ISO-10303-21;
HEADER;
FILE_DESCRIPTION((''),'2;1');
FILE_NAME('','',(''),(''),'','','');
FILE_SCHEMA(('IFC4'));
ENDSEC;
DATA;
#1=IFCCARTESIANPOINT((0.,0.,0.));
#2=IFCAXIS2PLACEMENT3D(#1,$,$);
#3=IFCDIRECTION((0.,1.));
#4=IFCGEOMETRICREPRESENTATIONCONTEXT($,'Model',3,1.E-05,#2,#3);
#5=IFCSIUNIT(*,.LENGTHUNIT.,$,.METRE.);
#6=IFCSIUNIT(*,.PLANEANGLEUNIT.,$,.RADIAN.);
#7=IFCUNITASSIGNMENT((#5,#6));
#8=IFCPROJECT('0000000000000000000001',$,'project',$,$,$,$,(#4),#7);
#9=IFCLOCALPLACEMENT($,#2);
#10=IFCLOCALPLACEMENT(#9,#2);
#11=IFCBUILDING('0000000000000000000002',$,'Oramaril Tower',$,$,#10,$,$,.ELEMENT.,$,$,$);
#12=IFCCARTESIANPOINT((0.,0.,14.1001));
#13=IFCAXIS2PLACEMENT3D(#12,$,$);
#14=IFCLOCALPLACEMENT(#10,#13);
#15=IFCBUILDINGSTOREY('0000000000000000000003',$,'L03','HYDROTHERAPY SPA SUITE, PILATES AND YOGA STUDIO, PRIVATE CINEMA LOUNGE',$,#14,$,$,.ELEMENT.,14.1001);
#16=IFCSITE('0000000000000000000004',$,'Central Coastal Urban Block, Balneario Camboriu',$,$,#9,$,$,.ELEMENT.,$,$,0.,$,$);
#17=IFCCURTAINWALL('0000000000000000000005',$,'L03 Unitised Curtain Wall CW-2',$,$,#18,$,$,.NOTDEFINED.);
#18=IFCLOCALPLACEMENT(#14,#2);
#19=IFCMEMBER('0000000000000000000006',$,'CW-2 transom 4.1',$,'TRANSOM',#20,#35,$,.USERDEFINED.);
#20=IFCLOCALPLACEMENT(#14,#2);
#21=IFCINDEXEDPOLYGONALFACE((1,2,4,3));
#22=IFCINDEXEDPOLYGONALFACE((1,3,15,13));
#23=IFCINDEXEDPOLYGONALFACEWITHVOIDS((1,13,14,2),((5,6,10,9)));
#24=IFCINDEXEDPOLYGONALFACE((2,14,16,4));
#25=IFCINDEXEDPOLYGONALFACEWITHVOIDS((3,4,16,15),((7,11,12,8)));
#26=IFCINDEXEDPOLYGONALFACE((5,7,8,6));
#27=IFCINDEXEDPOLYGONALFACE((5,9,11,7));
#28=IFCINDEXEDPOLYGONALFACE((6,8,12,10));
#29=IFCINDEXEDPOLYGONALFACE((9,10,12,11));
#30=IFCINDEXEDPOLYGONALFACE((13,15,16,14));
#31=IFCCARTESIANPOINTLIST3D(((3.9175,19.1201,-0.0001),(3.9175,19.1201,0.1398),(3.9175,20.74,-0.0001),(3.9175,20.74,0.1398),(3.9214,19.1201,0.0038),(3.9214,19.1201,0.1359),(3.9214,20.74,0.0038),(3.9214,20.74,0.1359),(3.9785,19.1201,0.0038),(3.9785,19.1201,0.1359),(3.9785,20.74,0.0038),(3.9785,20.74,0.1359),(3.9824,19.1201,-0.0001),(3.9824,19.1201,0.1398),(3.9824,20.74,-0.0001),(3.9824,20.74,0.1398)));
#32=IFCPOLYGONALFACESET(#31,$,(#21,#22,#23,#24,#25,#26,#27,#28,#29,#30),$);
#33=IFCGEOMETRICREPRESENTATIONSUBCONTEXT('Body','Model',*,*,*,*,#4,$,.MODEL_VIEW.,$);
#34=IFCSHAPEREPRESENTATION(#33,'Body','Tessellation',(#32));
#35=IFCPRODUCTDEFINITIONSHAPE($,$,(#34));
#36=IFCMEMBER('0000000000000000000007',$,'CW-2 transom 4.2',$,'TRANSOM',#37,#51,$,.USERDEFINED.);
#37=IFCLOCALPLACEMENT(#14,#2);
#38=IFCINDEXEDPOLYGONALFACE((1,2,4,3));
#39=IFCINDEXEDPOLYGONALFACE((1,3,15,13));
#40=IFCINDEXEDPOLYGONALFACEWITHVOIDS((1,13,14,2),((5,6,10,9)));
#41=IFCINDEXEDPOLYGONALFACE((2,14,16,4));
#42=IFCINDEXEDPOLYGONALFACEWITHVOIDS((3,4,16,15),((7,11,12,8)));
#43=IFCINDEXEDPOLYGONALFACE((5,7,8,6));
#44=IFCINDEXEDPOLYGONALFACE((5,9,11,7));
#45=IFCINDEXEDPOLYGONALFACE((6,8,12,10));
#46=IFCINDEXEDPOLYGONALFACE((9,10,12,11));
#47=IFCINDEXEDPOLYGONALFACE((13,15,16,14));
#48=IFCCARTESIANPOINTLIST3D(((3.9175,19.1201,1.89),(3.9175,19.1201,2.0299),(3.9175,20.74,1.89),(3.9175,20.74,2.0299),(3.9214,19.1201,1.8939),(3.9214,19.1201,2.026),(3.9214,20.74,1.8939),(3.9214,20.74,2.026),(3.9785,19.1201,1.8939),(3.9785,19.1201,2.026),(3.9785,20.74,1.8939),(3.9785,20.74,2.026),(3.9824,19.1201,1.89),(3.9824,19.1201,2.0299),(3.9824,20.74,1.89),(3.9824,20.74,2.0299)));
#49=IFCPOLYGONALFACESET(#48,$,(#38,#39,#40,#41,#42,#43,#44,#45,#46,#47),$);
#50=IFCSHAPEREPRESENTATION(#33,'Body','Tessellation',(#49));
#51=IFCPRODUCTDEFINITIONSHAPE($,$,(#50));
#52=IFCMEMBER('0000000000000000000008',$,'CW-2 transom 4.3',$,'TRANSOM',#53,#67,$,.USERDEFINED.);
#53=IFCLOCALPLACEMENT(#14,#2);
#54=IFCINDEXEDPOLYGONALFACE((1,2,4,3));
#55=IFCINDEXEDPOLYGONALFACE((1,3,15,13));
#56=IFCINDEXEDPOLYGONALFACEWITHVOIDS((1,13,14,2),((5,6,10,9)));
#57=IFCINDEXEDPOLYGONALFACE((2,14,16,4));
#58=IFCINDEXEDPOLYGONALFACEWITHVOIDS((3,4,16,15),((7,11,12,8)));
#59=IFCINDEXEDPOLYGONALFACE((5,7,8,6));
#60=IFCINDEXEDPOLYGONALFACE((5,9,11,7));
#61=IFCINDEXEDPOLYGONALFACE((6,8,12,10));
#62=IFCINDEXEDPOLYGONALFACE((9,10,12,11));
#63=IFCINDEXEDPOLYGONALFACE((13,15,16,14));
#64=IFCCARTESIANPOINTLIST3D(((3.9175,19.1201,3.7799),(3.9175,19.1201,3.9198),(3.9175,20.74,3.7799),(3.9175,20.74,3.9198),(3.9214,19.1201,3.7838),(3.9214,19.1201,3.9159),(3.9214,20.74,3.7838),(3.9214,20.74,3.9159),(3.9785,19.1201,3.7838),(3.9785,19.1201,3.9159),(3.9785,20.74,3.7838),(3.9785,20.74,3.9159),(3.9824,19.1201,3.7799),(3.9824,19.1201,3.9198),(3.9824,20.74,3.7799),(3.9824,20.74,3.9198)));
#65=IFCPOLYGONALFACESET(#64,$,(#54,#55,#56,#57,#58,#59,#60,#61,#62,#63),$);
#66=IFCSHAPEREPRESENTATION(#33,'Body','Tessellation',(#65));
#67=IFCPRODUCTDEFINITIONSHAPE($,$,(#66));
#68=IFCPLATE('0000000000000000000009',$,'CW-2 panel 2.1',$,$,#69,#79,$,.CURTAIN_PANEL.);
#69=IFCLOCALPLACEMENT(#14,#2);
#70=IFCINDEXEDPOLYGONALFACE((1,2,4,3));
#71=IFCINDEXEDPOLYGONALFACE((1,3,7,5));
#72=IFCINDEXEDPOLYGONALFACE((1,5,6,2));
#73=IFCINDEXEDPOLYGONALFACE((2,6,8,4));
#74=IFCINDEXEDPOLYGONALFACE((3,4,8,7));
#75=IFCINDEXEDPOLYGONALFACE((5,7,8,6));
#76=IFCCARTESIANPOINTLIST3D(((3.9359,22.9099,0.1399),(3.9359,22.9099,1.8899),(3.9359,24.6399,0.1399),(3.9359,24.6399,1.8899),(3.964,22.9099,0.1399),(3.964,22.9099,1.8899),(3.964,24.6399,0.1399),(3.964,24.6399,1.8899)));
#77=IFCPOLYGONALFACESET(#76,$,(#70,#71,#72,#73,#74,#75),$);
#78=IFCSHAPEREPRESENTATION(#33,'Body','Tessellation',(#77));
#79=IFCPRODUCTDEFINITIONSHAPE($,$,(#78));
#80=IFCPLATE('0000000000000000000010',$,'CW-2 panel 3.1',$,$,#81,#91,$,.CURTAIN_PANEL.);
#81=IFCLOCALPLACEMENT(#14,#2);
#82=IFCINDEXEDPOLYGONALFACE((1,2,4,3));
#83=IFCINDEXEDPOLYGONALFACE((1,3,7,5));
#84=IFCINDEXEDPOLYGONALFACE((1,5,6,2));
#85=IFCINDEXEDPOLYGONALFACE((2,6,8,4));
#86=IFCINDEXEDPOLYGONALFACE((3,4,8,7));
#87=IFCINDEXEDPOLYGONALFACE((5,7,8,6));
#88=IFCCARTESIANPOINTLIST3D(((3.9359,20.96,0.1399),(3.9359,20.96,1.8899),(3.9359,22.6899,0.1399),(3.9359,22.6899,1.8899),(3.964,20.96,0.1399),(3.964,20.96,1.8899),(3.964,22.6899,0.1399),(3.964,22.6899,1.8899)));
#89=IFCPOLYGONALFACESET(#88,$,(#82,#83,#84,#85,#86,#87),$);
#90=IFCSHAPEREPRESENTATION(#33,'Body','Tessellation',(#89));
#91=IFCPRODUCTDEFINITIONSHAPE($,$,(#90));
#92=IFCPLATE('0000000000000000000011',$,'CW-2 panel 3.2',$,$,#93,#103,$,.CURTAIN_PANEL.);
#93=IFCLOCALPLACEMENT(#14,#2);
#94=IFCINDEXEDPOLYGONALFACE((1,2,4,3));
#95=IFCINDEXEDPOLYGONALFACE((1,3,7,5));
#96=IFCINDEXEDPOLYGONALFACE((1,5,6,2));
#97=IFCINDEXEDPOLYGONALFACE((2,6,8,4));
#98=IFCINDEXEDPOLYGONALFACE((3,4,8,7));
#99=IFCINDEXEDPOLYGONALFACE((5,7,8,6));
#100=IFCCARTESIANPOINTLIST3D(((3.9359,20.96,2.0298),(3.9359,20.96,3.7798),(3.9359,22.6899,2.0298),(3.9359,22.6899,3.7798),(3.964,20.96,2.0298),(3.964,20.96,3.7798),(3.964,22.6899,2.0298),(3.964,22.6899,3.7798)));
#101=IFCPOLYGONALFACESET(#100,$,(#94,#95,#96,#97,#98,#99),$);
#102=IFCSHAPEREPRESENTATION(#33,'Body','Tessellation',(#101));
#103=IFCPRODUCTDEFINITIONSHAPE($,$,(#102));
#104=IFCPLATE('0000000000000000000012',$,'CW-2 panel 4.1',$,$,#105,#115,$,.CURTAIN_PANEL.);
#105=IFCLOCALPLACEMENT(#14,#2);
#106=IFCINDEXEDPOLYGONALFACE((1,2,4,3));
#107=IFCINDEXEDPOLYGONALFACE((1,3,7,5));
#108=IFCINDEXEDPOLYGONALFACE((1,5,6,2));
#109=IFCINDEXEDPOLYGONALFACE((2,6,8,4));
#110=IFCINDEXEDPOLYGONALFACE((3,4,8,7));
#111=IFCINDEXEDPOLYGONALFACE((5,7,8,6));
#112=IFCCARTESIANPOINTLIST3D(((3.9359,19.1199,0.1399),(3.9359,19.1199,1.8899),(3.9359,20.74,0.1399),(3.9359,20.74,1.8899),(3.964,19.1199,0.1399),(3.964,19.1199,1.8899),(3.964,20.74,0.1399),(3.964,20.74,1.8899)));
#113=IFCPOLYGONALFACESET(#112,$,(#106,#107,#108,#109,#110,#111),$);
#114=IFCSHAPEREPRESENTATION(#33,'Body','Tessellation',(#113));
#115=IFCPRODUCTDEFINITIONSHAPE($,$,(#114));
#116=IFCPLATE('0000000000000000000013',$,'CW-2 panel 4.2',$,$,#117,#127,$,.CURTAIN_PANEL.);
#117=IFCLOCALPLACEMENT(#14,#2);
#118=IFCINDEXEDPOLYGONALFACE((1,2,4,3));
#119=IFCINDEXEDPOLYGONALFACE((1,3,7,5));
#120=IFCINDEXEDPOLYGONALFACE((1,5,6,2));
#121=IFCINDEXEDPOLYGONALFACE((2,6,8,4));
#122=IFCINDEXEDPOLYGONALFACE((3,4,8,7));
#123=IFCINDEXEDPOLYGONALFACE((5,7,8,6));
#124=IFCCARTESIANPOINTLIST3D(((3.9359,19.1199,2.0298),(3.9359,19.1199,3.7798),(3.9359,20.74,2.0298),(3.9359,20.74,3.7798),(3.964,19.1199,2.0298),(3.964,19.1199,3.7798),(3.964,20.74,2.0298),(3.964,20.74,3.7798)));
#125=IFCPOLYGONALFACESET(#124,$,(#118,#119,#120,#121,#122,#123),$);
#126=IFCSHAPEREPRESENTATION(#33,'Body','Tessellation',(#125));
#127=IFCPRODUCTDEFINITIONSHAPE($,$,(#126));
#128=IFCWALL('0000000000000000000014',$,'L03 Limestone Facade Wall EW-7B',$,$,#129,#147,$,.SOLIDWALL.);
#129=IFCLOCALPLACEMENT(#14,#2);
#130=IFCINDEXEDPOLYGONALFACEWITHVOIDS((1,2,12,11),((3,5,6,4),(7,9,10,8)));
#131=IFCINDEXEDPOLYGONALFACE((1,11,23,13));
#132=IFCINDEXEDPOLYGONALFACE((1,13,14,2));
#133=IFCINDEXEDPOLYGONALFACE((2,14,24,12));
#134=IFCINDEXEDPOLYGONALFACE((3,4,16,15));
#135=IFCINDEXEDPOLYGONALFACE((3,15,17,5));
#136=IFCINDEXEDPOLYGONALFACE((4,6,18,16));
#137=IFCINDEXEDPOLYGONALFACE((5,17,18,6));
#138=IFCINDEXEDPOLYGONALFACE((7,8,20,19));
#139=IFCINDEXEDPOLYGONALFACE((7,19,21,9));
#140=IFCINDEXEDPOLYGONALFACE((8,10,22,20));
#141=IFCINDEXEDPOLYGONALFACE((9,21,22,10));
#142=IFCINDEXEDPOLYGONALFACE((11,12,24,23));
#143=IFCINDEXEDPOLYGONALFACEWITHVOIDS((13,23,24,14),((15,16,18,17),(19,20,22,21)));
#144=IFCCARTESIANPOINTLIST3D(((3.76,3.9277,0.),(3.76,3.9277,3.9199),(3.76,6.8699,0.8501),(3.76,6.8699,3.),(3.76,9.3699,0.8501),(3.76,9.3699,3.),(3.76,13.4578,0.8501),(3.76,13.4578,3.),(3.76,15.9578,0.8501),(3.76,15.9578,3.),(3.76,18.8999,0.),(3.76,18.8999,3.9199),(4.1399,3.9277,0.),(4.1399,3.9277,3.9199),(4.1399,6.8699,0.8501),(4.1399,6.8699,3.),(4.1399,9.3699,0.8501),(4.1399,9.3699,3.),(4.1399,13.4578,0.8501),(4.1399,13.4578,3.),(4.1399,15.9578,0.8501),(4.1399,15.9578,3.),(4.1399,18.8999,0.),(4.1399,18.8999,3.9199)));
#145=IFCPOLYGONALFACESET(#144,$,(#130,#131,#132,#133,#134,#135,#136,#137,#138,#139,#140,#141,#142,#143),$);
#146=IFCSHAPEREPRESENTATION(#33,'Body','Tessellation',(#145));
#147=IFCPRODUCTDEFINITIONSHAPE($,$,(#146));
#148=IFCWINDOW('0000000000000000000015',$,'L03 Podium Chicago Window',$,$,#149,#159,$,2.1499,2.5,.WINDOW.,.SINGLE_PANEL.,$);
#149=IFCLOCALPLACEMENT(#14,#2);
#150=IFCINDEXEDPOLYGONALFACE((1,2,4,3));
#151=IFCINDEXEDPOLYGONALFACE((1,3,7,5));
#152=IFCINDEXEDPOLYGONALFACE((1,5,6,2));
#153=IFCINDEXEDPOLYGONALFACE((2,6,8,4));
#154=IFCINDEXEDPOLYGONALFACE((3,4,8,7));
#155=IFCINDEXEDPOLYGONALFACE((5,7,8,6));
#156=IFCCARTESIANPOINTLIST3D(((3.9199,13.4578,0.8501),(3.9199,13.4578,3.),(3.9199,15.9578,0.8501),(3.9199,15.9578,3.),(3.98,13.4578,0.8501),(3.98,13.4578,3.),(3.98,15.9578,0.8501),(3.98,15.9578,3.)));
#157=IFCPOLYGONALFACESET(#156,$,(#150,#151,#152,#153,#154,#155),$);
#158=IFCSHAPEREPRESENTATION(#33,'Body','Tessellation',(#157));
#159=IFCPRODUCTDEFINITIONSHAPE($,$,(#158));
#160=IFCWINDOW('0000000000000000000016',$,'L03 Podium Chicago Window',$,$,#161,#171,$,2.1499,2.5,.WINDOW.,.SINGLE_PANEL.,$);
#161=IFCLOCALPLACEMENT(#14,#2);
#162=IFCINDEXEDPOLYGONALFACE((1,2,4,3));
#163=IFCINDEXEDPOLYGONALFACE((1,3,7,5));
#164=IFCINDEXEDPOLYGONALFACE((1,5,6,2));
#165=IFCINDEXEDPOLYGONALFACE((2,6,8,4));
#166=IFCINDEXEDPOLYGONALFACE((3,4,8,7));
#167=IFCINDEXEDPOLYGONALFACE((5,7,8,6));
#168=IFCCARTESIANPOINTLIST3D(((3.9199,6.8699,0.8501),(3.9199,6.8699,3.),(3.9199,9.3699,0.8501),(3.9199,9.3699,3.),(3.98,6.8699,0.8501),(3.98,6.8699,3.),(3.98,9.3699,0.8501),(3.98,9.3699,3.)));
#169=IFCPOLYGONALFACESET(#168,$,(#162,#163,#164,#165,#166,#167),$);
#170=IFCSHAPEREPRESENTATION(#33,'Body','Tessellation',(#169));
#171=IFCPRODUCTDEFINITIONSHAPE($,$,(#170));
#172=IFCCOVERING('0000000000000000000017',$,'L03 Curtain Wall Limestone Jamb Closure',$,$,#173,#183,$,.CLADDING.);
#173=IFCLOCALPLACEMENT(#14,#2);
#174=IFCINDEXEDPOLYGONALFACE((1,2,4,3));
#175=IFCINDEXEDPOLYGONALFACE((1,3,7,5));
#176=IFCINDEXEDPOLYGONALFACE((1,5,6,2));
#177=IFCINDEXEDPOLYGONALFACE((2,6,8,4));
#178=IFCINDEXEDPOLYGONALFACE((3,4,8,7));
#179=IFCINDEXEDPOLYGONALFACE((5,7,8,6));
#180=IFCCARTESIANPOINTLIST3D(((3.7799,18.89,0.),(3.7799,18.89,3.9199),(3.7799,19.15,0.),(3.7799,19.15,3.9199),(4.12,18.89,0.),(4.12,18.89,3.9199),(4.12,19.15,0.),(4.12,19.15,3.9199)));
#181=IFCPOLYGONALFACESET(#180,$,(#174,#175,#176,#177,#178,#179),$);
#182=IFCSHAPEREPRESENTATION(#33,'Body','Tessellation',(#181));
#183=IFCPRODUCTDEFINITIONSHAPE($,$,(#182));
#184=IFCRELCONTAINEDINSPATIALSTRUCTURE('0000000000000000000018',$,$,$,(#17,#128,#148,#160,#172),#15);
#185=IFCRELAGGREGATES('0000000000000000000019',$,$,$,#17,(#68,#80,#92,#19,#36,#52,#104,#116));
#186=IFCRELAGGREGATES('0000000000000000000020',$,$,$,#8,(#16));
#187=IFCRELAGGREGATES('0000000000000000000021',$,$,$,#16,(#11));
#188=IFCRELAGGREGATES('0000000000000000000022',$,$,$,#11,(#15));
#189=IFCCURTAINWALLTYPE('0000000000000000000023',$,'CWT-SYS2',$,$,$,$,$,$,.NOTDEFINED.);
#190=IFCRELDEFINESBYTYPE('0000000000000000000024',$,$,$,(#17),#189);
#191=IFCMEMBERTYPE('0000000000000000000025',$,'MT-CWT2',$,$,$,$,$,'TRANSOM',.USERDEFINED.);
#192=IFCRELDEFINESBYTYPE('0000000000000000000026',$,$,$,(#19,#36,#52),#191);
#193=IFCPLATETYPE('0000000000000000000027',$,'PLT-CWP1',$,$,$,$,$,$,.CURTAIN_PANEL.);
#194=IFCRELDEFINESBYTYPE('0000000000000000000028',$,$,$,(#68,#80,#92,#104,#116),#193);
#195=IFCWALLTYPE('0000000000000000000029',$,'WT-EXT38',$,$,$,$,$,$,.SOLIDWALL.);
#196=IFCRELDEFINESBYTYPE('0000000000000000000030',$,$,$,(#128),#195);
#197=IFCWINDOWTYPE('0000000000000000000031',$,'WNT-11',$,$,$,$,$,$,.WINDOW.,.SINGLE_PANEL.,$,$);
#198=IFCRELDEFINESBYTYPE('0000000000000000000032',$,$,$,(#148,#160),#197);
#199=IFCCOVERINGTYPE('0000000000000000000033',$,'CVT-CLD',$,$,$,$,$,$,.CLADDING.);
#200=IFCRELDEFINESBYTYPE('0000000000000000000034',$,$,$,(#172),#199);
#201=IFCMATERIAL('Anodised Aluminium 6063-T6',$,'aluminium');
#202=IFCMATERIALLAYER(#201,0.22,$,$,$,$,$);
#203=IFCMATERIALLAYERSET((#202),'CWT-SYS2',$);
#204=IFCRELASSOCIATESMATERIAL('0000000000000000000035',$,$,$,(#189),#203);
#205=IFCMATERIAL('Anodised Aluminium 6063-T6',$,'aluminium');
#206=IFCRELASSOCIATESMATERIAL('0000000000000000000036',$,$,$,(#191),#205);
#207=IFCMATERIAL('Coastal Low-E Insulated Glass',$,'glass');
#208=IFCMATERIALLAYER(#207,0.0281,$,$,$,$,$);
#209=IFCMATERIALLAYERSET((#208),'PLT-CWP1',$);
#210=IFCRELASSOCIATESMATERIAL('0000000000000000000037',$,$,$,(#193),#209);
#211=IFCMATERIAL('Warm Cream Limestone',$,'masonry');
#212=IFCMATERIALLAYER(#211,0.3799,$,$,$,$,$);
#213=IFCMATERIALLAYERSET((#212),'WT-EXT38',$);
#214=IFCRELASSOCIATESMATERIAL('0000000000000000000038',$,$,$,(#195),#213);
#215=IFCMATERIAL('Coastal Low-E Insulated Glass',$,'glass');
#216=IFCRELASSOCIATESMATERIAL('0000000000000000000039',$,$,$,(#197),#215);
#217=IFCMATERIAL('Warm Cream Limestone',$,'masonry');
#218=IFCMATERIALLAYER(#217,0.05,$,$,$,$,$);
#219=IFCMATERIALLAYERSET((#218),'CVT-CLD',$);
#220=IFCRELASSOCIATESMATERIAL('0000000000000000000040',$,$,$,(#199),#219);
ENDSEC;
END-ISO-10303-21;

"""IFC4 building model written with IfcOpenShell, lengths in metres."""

from ifc_helpers import new_model, si_unit, direction, frame, frame_2d, origin, origin_2d, place, context, subcontext, project, spatial, rectangle, hollow_rectangle, extrude, material, layer, layer_set, material_profile, profile_set, type_object, element, fill, aggregate, save


model = new_model("IFC4")

# Units and contexts
model_context = context("Model", 3, precision=1e-05, world=origin(), true_north=direction((0.0, 1.0)))
body_context = subcontext(model_context, "Body", "Model", "MODEL_VIEW")
ifc_project = project(units=[si_unit("LENGTHUNIT", "METRE"), si_unit("PLANEANGLEUNIT", "RADIAN")], contexts=[model_context])

# Site, building, storey
site_placement = place(None, origin())
site = spatial("IfcSite", under=ifc_project, at=site_placement, Name="Central Coastal Urban Block, Balneario Camboriu", CompositionType="ELEMENT", RefElevation=0.0)
building_placement = place(site_placement, origin())
building = spatial("IfcBuilding", under=site, at=building_placement, Name="Oramaril Tower", CompositionType="ELEMENT")
storey_placement = place(building_placement, frame((0.0, 0.0, 14.1001)))
storey = spatial("IfcBuildingStorey", under=building, at=storey_placement, Name="L03", Description="HYDROTHERAPY SPA SUITE, PILATES AND YOGA STUDIO, PRIVATE CINEMA LOUNGE", CompositionType="ELEMENT", Elevation=14.1001)

# Curtain wall, members, plates
ifc_material_1 = material(Name="Anodised Aluminium 6063-T6", Category="aluminium")
ifc_layer_1 = layer(ifc_material_1, 0.22)
ifc_layer_set_1 = layer_set([ifc_layer_1], Name="CWT-SYS2")
curtain_wall_type = type_object("IfcCurtainWallType", Name="CWT-SYS2", PredefinedType="NOTDEFINED", material=ifc_layer_set_1)
curtain_wall_placement = place(storey_placement, origin())
curtain_wall = element("IfcCurtainWall", 1, at=curtain_wall_placement, inside=storey, type_object=curtain_wall_type, Name="L03 Unitised Curtain Wall CW-2", PredefinedType="NOTDEFINED")
ifc_material_2 = material(Name="Anodised Aluminium 6063-T6", Category="aluminium")
ifc_material_profile_1 = material_profile(ifc_material_2, hollow_rectangle(XDim=0.0649, YDim=0.1399, WallThickness=0.0039, at=origin_2d()), Name="CWT140X65")
ifc_profile_set_1 = profile_set([ifc_material_profile_1], Name="Anodised Aluminium 6063-T6")
member_type_1 = type_object("IfcMemberType", Name="MT-CWT2", ElementType="TRANSOM", PredefinedType="USERDEFINED", material=ifc_profile_set_1)
member_1_placement = place(storey_placement, frame((3.95, 20.74, 0.0698), z_axis=(0.0, -1.0, 0.0), x_axis=(1.0, 0.0, 0.0)))
member_1 = element("IfcMember", 2, at=member_1_placement, type_object=member_type_1, Name="CW-2 transom 4.1", ObjectType="TRANSOM", PredefinedType="USERDEFINED", context=body_context, shape_type="SweptSolid", body=[
    extrude(hollow_rectangle(XDim=0.0649, YDim=0.1399, WallThickness=0.0039, at=origin_2d()), origin(), (0.0, 0.0, 1.0), 1.6199),
])
member_2_placement = place(storey_placement, frame((3.95, 20.74, 1.96), z_axis=(0.0, -1.0, 0.0), x_axis=(1.0, 0.0, 0.0)))
member_2 = element("IfcMember", 3, at=member_2_placement, type_object=member_type_1, Name="CW-2 transom 4.2", ObjectType="TRANSOM", PredefinedType="USERDEFINED", context=body_context, shape_type="SweptSolid", body=[
    extrude(hollow_rectangle(XDim=0.0649, YDim=0.1399, WallThickness=0.0039, at=origin_2d()), origin(), (0.0, 0.0, 1.0), 1.6199),
])
member_3_placement = place(storey_placement, frame((3.95, 20.74, 3.8499), z_axis=(0.0, -1.0, 0.0), x_axis=(1.0, 0.0, 0.0)))
member_3 = element("IfcMember", 4, at=member_3_placement, type_object=member_type_1, Name="CW-2 transom 4.3", ObjectType="TRANSOM", PredefinedType="USERDEFINED", context=body_context, shape_type="SweptSolid", body=[
    extrude(hollow_rectangle(XDim=0.0649, YDim=0.1399, WallThickness=0.0039, at=origin_2d()), origin(), (0.0, 0.0, 1.0), 1.6199),
])
ifc_material_3 = material(Name="Coastal Low-E Insulated Glass", Category="glass")
ifc_layer_2 = layer(ifc_material_3, 0.0281)
ifc_layer_set_2 = layer_set([ifc_layer_2], Name="PLT-CWP1")
plate_type = type_object("IfcPlateType", Name="PLT-CWP1", PredefinedType="CURTAIN_PANEL", material=ifc_layer_set_2)
plate_1_placement = place(storey_placement, frame((3.95, 23.7749, 0.1399), z_axis=(0.0, 0.0, 1.0), x_axis=(0.0, -1.0, 0.0)))
plate_1 = element("IfcPlate", 5, at=plate_1_placement, type_object=plate_type, Name="CW-2 panel 2.1", PredefinedType="CURTAIN_PANEL", context=body_context, shape_type="SweptSolid", body=[
    extrude(rectangle(XDim=1.73, YDim=0.0281, at=origin_2d()), origin(), (0.0, 0.0, 1.0), 1.75),
])
plate_2_placement = place(storey_placement, frame((3.95, 21.825, 0.1399), z_axis=(0.0, 0.0, 1.0), x_axis=(0.0, -1.0, 0.0)))
plate_2 = element("IfcPlate", 6, at=plate_2_placement, type_object=plate_type, Name="CW-2 panel 3.1", PredefinedType="CURTAIN_PANEL", context=body_context, shape_type="SweptSolid", body=[
    extrude(rectangle(XDim=1.73, YDim=0.0281, at=origin_2d()), origin(), (0.0, 0.0, 1.0), 1.75),
])
plate_3_placement = place(storey_placement, frame((3.95, 21.825, 2.0298), z_axis=(0.0, 0.0, 1.0), x_axis=(0.0, -1.0, 0.0)))
plate_3 = element("IfcPlate", 7, at=plate_3_placement, type_object=plate_type, Name="CW-2 panel 3.2", PredefinedType="CURTAIN_PANEL", context=body_context, shape_type="SweptSolid", body=[
    extrude(rectangle(XDim=1.73, YDim=0.0281, at=origin_2d()), origin(), (0.0, 0.0, 1.0), 1.75),
])
plate_4_placement = place(storey_placement, frame((3.95, 19.9299, 0.1399), z_axis=(0.0, 0.0, 1.0), x_axis=(0.0, -1.0, 0.0)))
plate_4 = element("IfcPlate", 8, at=plate_4_placement, type_object=plate_type, Name="CW-2 panel 4.1", PredefinedType="CURTAIN_PANEL", context=body_context, shape_type="SweptSolid", body=[
    extrude(rectangle(XDim=1.6201, YDim=0.0281, at=origin_2d()), origin(), (0.0, 0.0, 1.0), 1.75),
])
plate_5_placement = place(storey_placement, frame((3.95, 19.9299, 2.0298), z_axis=(0.0, 0.0, 1.0), x_axis=(0.0, -1.0, 0.0)))
plate_5 = element("IfcPlate", 9, at=plate_5_placement, type_object=plate_type, Name="CW-2 panel 4.2", PredefinedType="CURTAIN_PANEL", context=body_context, shape_type="SweptSolid", body=[
    extrude(rectangle(XDim=1.6201, YDim=0.0281, at=origin_2d()), origin(), (0.0, 0.0, 1.0), 1.75),
])
aggregate(curtain_wall, [plate_1, plate_2, plate_3, member_1, member_2, member_3, plate_4, plate_5])

# Wall, openings, windows
ifc_material_4 = material(Name="Warm Cream Limestone", Category="masonry")
ifc_layer_3 = layer(ifc_material_4, 0.3799)
ifc_layer_set_3 = layer_set([ifc_layer_3], Name="WT-EXT38")
wall_type = type_object("IfcWallType", Name="WT-EXT38", PredefinedType="SOLIDWALL", material=ifc_layer_set_3)
wall_placement = place(storey_placement, frame((3.95, 18.8999, 0.0), z_axis=(0.0, 0.0, 1.0), x_axis=(0.0, -1.0, 0.0)))
wall = element("IfcWall", 10, at=wall_placement, inside=storey, type_object=wall_type, Name="L03 Limestone Facade Wall EW-7B", PredefinedType="SOLIDWALL", context=body_context, shape_type="SweptSolid", body=[
    extrude(rectangle(XDim=14.9722, YDim=0.3799, at=frame_2d((7.4861, 0.0))), origin(), (0.0, 0.0, 1.0), 3.9199),
])
opening_1_placement = place(wall_placement, frame((2.9421, 0.0, 0.8501)))
opening_1 = element("IfcOpeningElement", 11, at=opening_1_placement, cuts=wall, PredefinedType="OPENING", context=body_context, shape_type="SweptSolid", body=[
    extrude(rectangle(XDim=2.5, YDim=2.1499, at=frame_2d((1.25, 1.075))), frame((0.0, 0.1899, 0.0), z_axis=(0.0, -1.0, 0.0), x_axis=(1.0, 0.0, 0.0)), (0.0, 0.0, 1.0), 0.3799),
])
opening_2_placement = place(wall_placement, frame((9.53, 0.0, 0.8501)))
opening_2 = element("IfcOpeningElement", 12, at=opening_2_placement, cuts=wall, PredefinedType="OPENING", context=body_context, shape_type="SweptSolid", body=[
    extrude(rectangle(XDim=2.5, YDim=2.1499, at=frame_2d((1.25, 1.075))), frame((0.0, 0.1899, 0.0), z_axis=(0.0, -1.0, 0.0), x_axis=(1.0, 0.0, 0.0)), (0.0, 0.0, 1.0), 0.3799),
])
ifc_material_5 = material(Name="Coastal Low-E Insulated Glass", Category="glass")
window_type = type_object("IfcWindowType", Name="WNT-11", PartitioningType="SINGLE_PANEL", PredefinedType="WINDOW", material=ifc_material_5)
window_1_placement = place(opening_1_placement, origin())
window_1 = element("IfcWindow", 13, at=window_1_placement, inside=storey, type_object=window_type, Name="L03 Podium Chicago Window", OverallHeight=2.1499, OverallWidth=2.5, PartitioningType="SINGLE_PANEL", PredefinedType="WINDOW", context=body_context, shape_type="SweptSolid", body=[
    extrude(rectangle(XDim=2.5, YDim=2.1499, at=frame_2d((1.25, 1.075))), frame((0.0, 0.03, 0.0), z_axis=(0.0, -1.0, 0.0), x_axis=(1.0, 0.0, 0.0)), (0.0, 0.0, 1.0), 0.0601),
])
fill(opening_1, window_1)
window_2_placement = place(opening_2_placement, origin())
window_2 = element("IfcWindow", 14, at=window_2_placement, inside=storey, type_object=window_type, Name="L03 Podium Chicago Window", OverallHeight=2.1499, OverallWidth=2.5, PartitioningType="SINGLE_PANEL", PredefinedType="WINDOW", context=body_context, shape_type="SweptSolid", body=[
    extrude(rectangle(XDim=2.5, YDim=2.1499, at=frame_2d((1.25, 1.075))), frame((0.0, 0.03, 0.0), z_axis=(0.0, -1.0, 0.0), x_axis=(1.0, 0.0, 0.0)), (0.0, 0.0, 1.0), 0.0601),
])
fill(opening_2, window_2)

# Covering
ifc_material_6 = material(Name="Warm Cream Limestone", Category="masonry")
ifc_layer_4 = layer(ifc_material_6, 0.05)
ifc_layer_set_4 = layer_set([ifc_layer_4], Name="CVT-CLD")
covering_type = type_object("IfcCoveringType", Name="CVT-CLD", PredefinedType="CLADDING", material=ifc_layer_set_4)
covering_placement = place(storey_placement, frame((3.95, 19.02, 0.0), z_axis=(0.0, 0.0, 1.0), x_axis=(0.0, -1.0, 0.0)))
element("IfcCovering", 15, at=covering_placement, inside=storey, type_object=covering_type, Name="L03 Curtain Wall Limestone Jamb Closure", PredefinedType="CLADDING", context=body_context, shape_type="SweptSolid", body=[
    extrude(rectangle(XDim=0.26, YDim=0.3401, at=origin_2d()), origin(), (0.0, 0.0, 1.0), 3.9199),
])

save(model, "model.ifc")
